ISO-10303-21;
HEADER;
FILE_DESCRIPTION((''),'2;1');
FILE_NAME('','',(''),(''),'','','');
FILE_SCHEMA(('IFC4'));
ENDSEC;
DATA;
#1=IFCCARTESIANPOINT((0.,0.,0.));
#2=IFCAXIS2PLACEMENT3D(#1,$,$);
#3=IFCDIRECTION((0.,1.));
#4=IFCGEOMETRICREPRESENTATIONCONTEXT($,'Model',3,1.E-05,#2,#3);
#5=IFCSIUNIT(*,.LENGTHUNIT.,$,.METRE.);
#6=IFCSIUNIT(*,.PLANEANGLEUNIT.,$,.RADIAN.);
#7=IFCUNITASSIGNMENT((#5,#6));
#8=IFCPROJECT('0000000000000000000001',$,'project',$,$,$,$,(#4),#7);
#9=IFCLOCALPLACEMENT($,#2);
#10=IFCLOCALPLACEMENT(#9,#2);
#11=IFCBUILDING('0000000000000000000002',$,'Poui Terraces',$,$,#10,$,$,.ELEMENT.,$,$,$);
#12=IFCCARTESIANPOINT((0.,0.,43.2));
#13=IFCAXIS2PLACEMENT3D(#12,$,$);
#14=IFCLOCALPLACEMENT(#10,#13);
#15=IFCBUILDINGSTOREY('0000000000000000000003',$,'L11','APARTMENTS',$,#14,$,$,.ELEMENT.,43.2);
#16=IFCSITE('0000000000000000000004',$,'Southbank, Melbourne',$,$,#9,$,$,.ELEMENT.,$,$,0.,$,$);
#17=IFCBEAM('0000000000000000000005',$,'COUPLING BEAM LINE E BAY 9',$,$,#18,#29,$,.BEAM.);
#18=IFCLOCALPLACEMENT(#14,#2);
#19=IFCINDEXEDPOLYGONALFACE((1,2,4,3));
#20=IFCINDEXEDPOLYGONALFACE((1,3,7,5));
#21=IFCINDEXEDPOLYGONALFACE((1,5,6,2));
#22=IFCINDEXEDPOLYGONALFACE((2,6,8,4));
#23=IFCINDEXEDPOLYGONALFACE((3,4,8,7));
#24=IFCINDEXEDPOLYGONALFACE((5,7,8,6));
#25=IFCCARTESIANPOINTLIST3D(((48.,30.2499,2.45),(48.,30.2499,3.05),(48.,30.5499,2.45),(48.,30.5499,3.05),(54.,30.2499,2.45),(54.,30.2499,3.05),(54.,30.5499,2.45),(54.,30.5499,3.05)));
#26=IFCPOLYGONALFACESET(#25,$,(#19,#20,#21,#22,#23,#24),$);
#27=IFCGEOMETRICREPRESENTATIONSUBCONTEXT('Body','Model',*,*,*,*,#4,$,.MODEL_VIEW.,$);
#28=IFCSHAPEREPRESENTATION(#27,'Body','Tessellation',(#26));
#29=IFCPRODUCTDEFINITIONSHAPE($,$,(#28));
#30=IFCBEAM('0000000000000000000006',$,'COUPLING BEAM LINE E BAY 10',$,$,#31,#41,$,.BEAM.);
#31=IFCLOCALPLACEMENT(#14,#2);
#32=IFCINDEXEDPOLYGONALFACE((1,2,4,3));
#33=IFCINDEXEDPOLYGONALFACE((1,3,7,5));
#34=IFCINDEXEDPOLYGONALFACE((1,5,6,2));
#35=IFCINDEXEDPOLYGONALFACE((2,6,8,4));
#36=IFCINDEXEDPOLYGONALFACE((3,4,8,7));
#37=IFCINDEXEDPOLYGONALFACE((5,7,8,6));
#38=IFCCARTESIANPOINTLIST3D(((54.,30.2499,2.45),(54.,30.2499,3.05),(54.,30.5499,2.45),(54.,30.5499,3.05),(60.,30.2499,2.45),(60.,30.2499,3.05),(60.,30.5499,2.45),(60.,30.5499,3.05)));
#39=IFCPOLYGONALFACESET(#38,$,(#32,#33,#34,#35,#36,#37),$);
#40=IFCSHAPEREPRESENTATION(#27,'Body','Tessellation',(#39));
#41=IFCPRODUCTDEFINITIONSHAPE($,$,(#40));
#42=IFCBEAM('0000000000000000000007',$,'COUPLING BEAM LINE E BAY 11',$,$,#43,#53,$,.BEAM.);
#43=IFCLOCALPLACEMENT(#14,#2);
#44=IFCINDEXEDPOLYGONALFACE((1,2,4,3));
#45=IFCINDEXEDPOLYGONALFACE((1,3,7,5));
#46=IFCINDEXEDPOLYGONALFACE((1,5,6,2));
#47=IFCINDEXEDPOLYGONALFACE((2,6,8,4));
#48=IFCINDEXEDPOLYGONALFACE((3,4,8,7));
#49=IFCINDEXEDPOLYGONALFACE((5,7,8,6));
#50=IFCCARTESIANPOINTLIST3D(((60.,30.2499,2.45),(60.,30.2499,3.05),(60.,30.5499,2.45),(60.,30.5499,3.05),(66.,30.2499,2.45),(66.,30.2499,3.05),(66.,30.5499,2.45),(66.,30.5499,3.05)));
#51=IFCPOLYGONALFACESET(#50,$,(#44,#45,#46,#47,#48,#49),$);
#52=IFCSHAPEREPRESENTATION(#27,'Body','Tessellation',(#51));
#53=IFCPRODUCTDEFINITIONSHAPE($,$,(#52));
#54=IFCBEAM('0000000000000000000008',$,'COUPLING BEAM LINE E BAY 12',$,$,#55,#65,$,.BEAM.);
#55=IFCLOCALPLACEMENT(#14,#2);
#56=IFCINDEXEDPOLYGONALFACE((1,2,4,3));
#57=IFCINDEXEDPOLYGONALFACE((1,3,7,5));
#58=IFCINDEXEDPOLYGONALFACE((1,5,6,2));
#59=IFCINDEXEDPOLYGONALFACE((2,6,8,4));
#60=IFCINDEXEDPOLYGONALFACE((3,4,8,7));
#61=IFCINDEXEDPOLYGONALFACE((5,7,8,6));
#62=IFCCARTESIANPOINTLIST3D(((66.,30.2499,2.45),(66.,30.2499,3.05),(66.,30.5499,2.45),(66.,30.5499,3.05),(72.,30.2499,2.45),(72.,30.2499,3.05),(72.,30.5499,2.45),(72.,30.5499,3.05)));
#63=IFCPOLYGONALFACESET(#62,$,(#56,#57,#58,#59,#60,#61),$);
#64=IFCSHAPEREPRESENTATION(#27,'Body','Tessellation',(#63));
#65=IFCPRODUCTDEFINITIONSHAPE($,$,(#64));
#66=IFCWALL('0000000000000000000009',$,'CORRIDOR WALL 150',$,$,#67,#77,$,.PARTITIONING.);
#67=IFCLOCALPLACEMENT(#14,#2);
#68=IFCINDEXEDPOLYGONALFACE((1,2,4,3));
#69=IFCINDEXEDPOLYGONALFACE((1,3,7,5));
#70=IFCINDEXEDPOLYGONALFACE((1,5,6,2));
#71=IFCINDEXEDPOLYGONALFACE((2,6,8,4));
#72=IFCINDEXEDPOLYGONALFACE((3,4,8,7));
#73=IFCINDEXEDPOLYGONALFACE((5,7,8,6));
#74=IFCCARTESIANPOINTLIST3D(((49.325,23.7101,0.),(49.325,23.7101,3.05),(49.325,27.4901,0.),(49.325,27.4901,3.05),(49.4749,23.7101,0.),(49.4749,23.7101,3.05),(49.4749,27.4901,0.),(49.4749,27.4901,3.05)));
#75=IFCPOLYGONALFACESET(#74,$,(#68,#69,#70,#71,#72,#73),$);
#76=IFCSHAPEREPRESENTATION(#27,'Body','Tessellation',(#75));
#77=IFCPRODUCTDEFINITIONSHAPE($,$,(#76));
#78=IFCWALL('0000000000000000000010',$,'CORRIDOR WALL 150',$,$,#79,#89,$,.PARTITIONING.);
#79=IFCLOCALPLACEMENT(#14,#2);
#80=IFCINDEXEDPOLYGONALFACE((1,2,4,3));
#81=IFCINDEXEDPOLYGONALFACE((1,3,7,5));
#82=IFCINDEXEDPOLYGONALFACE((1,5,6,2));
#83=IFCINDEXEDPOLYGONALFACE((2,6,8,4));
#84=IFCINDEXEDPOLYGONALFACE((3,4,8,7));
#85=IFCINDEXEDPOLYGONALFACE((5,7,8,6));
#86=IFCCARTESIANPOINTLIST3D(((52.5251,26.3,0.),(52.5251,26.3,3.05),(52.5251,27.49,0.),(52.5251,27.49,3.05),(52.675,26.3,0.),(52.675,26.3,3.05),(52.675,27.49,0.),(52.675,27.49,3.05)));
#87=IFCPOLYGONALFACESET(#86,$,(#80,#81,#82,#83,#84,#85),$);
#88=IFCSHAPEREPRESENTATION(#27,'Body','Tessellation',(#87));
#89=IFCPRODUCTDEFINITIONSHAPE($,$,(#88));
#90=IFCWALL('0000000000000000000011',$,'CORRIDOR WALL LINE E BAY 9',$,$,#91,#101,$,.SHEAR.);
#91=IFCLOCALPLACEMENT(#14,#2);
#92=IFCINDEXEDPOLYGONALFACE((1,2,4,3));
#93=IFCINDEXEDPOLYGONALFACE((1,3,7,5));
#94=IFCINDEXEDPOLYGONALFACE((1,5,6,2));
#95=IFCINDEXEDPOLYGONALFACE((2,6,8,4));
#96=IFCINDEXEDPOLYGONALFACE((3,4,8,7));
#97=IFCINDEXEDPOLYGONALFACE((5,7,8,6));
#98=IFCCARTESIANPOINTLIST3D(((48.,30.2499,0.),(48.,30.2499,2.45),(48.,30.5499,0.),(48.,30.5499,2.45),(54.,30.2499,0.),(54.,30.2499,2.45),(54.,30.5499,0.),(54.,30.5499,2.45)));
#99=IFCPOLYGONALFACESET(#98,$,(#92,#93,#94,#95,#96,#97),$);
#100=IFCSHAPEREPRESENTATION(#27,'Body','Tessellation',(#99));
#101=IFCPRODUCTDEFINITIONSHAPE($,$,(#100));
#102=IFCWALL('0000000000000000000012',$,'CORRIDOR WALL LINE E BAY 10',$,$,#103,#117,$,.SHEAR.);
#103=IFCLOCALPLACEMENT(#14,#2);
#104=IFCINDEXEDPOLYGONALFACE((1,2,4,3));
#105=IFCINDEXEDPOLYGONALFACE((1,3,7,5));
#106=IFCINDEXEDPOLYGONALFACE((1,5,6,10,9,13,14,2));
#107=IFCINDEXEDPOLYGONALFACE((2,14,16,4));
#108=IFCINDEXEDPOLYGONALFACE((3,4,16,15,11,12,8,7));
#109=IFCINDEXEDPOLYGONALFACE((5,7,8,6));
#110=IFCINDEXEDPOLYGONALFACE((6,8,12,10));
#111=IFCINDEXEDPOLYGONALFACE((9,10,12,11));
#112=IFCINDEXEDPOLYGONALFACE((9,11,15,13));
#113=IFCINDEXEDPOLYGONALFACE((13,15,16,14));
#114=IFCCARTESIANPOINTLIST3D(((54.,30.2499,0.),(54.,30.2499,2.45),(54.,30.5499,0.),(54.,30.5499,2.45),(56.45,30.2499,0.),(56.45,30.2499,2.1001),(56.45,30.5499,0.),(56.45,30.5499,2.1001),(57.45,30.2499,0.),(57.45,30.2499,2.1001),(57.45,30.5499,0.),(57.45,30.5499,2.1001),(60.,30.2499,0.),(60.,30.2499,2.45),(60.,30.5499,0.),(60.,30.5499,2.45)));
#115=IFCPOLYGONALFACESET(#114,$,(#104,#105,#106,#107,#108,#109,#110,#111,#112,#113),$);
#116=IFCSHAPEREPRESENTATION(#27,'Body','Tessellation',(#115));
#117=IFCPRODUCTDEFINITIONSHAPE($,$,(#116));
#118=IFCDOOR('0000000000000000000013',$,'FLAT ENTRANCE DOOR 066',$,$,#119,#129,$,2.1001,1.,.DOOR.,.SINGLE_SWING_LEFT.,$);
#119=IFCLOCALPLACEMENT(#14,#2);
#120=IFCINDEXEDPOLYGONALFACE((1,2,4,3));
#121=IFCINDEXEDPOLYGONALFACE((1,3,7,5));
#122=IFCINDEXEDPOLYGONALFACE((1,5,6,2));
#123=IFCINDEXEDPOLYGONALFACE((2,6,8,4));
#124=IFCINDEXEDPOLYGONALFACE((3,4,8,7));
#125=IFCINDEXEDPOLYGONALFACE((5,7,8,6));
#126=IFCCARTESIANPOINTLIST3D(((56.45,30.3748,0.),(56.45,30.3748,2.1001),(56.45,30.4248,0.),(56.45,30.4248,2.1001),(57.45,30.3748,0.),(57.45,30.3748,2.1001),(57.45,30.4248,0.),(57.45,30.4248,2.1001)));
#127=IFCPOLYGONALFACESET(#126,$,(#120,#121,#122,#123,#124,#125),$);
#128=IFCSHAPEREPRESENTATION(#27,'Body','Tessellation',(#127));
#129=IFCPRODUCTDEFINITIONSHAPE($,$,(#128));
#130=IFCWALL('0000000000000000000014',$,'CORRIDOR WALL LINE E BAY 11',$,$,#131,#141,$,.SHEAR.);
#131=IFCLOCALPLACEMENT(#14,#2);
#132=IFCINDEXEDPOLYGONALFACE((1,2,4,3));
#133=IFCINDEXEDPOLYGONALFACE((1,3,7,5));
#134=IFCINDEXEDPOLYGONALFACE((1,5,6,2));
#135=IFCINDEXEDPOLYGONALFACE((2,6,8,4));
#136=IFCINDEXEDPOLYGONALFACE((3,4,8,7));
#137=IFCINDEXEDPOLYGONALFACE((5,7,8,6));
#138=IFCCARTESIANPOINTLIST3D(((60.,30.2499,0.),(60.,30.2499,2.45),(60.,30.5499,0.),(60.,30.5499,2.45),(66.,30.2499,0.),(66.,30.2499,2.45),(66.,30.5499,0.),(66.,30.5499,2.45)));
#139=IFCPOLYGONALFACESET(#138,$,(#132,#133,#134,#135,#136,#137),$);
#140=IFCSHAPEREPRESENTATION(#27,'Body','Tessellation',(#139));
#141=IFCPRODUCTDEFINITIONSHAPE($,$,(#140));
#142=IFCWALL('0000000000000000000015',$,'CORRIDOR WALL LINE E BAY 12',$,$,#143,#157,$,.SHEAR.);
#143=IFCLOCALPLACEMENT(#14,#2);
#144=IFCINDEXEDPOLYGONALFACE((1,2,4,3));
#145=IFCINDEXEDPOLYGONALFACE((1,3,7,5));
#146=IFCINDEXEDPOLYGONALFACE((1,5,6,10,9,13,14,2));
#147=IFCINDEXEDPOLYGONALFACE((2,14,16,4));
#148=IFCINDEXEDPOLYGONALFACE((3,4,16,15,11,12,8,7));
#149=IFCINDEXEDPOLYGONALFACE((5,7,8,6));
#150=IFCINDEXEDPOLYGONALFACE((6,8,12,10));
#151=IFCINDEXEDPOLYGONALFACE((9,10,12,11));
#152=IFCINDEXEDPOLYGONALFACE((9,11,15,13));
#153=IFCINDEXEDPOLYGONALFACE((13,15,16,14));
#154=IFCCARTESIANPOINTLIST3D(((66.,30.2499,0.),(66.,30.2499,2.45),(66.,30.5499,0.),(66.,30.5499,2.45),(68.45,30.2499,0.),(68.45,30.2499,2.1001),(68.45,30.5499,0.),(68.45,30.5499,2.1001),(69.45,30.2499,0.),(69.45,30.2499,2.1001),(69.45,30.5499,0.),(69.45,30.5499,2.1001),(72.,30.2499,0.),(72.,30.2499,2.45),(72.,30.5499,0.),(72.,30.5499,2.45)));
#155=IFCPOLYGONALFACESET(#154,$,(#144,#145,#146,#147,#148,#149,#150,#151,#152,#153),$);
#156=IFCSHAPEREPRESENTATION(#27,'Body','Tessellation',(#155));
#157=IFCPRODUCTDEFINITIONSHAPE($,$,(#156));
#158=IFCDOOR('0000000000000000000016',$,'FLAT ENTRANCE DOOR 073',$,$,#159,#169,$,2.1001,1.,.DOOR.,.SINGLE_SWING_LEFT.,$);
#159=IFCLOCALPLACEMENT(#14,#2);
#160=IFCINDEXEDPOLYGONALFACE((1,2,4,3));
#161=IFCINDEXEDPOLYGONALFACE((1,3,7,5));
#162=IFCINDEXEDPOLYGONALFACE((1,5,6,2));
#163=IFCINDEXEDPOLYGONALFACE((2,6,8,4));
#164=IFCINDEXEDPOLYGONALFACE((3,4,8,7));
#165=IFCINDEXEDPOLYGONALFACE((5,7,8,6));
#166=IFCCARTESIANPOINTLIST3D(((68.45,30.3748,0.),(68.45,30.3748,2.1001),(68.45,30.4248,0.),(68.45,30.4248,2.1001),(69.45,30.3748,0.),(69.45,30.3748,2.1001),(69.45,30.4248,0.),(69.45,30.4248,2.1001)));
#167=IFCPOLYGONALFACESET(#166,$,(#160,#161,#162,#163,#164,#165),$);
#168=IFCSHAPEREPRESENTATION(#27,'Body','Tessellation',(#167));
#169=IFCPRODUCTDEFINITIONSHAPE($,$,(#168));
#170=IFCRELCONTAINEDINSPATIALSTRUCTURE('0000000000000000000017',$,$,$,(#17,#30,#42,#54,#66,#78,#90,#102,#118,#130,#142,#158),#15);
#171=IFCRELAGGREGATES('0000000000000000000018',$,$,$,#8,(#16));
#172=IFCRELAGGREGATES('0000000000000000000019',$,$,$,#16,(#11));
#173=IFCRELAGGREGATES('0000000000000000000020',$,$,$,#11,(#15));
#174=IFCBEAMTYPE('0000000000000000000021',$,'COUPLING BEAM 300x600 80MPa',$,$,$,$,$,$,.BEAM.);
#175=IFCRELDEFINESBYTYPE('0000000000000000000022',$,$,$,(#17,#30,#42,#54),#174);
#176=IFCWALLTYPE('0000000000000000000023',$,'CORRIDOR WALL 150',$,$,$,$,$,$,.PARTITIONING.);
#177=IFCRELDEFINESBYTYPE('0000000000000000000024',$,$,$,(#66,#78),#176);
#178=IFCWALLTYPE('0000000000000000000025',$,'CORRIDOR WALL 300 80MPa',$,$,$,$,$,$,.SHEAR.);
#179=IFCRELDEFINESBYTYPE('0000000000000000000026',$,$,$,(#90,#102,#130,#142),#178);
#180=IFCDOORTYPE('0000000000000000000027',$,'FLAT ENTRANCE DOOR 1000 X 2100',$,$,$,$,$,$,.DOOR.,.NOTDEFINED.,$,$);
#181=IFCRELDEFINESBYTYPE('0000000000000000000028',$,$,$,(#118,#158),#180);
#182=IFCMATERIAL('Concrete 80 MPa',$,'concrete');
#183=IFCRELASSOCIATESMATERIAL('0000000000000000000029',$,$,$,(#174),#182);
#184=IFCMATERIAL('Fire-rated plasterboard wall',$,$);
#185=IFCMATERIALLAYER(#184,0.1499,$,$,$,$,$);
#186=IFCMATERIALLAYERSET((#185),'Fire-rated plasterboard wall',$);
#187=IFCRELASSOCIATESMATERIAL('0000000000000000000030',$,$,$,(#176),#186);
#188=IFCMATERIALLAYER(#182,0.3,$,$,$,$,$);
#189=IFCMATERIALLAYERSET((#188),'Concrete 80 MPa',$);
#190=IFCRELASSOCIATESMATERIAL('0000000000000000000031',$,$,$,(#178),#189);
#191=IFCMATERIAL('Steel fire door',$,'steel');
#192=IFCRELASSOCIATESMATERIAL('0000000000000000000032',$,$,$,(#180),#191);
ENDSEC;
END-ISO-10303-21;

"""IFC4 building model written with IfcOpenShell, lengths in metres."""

from ifc_helpers import new_model, si_unit, direction, frame, frame_2d, origin, origin_2d, place, context, subcontext, project, spatial, rectangle, extrude, source, transform, mapped, material, layer, layer_set, material_profile, profile_set, type_object, element, fill, save


model = new_model("IFC4")

# Units and contexts
model_context = context("Model", 3, precision=1e-05, world=origin(), true_north=direction((0.0, 1.0)))
body_context = subcontext(model_context, "Body", "Model", "MODEL_VIEW")
ifc_project = project(units=[si_unit("LENGTHUNIT", "METRE"), si_unit("PLANEANGLEUNIT", "RADIAN")], contexts=[model_context])

# Site, building, storey
site_placement = place(None, origin())
site = spatial("IfcSite", under=ifc_project, at=site_placement, Name="Southbank, Melbourne", CompositionType="ELEMENT", RefElevation=0.0)
building_placement = place(site_placement, origin())
building = spatial("IfcBuilding", under=site, at=building_placement, Name="Poui Terraces", CompositionType="ELEMENT")
storey_placement = place(building_placement, frame((0.0, 0.0, 43.2)))
storey = spatial("IfcBuildingStorey", under=building, at=storey_placement, Name="L11", Description="APARTMENTS", CompositionType="ELEMENT", Elevation=43.2)

# Beams
ifc_material_1 = material(Name="Concrete 80 MPa", Category="concrete")
ifc_material_profile = material_profile(ifc_material_1, rectangle(XDim=0.3, YDim=0.6001, at=origin_2d()), Name="RC 300x600")
ifc_profile_set = profile_set([ifc_material_profile], Name="Concrete 80 MPa")
beam_type = type_object("IfcBeamType", Name="COUPLING BEAM 300x600 80MPa", PredefinedType="BEAM", material=ifc_profile_set)
shared_shape = source(origin(), body_context, "Body", "SweptSolid", [
    extrude(rectangle(XDim=0.3, YDim=0.6001, at=origin_2d()), origin(), (0.0, 0.0, 1.0), 6.0),
])
for number, where, z_axis, x_axis, name in (
    (1, (48.0, 30.3999, 2.75), (1.0, 0.0, 0.0), (0.0, 1.0, 0.0), "COUPLING BEAM LINE E BAY 9"),
    (2, (54.0, 30.3999, 2.75), (1.0, 0.0, 0.0), (0.0, 1.0, 0.0), "COUPLING BEAM LINE E BAY 10"),
    (3, (60.0, 30.3999, 2.75), (1.0, 0.0, 0.0), (0.0, 1.0, 0.0), "COUPLING BEAM LINE E BAY 11"),
    (4, (66.0, 30.3999, 2.75), (1.0, 0.0, 0.0), (0.0, 1.0, 0.0), "COUPLING BEAM LINE E BAY 12"),
):
    element("IfcBeam", number, at=place(storey_placement, frame(where, z_axis=z_axis, x_axis=x_axis)), inside=storey, type_object=beam_type, Name=name, PredefinedType="BEAM", context=body_context, shape_type="MappedRepresentation", body=[
        mapped(shared_shape, transform((0.0, 0.0, 0.0))),
    ])

# Walls
ifc_material_2 = material(Name="Fire-rated plasterboard wall")
ifc_layer_1 = layer(ifc_material_2, 0.1499)
ifc_layer_set_1 = layer_set([ifc_layer_1], Name="Fire-rated plasterboard wall")
wall_type_1 = type_object("IfcWallType", Name="CORRIDOR WALL 150", PredefinedType="PARTITIONING", material=ifc_layer_set_1)
wall_1_placement = place(storey_placement, frame((49.3999, 23.71, 0.0), z_axis=(0.0, 0.0, 1.0), x_axis=(0.0, 1.0, 0.0)))
element("IfcWall", 5, at=wall_1_placement, inside=storey, type_object=wall_type_1, Name="CORRIDOR WALL 150", PredefinedType="PARTITIONING", context=body_context, shape_type="SweptSolid", body=[
    extrude(rectangle(XDim=3.78, YDim=0.1499, at=frame_2d((1.8901, 0.0))), origin(), (0.0, 0.0, 1.0), 3.05),
])
wall_2_placement = place(storey_placement, frame((52.6001, 26.3, 0.0), z_axis=(0.0, 0.0, 1.0), x_axis=(0.0, 1.0, 0.0)))
element("IfcWall", 6, at=wall_2_placement, inside=storey, type_object=wall_type_1, Name="CORRIDOR WALL 150", PredefinedType="PARTITIONING", context=body_context, shape_type="SweptSolid", body=[
    extrude(rectangle(XDim=1.1899, YDim=0.1499, at=frame_2d((0.595, 0.0))), origin(), (0.0, 0.0, 1.0), 3.05),
])
ifc_layer_2 = layer(ifc_material_1, 0.3)
ifc_layer_set_2 = layer_set([ifc_layer_2], Name="Concrete 80 MPa")
wall_type_2 = type_object("IfcWallType", Name="CORRIDOR WALL 300 80MPa", PredefinedType="SHEAR", material=ifc_layer_set_2)
wall_3_placement = place(storey_placement, frame((48.0, 30.3999, 0.0), z_axis=(0.0, 0.0, 1.0), x_axis=(1.0, 0.0, 0.0)))
element("IfcWall", 7, at=wall_3_placement, inside=storey, type_object=wall_type_2, Name="CORRIDOR WALL LINE E BAY 9", PredefinedType="SHEAR", context=body_context, shape_type="SweptSolid", body=[
    extrude(rectangle(XDim=6.0, YDim=0.3, at=frame_2d((3.0, 0.0))), origin(), (0.0, 0.0, 1.0), 2.45),
])

# Wall, opening, door
wall_4_placement = place(storey_placement, frame((54.0, 30.3999, 0.0), z_axis=(0.0, 0.0, 1.0), x_axis=(1.0, 0.0, 0.0)))
wall_4 = element("IfcWall", 8, at=wall_4_placement, inside=storey, type_object=wall_type_2, Name="CORRIDOR WALL LINE E BAY 10", PredefinedType="SHEAR", context=body_context, shape_type="SweptSolid", body=[
    extrude(rectangle(XDim=6.0, YDim=0.3, at=frame_2d((3.0, 0.0))), origin(), (0.0, 0.0, 1.0), 2.45),
])
opening_1_placement = place(wall_4_placement, frame((2.45, 0.0, 0.0)))
opening_1 = element("IfcOpeningElement", 9, at=opening_1_placement, cuts=wall_4, PredefinedType="OPENING", context=body_context, shape_type="SweptSolid", body=[
    extrude(rectangle(XDim=1.0, YDim=2.1001, at=frame_2d((0.5, 1.05))), frame((0.0, 0.1602, 0.0), z_axis=(0.0, -1.0, 0.0), x_axis=(1.0, 0.0, 0.0)), (0.0, 0.0, 1.0), 0.3201),
])
ifc_material_3 = material(Name="Steel fire door", Category="steel")
door_type_1 = type_object("IfcDoorType", Name="FLAT ENTRANCE DOOR 1000 X 2100", OperationType="NOTDEFINED", PredefinedType="DOOR", material=ifc_material_3)
door_1_placement = place(opening_1_placement, origin())
door_1 = element("IfcDoor", 10, at=door_1_placement, inside=storey, type_object=door_type_1, Name="FLAT ENTRANCE DOOR 066", OperationType="SINGLE_SWING_LEFT", OverallHeight=2.1001, OverallWidth=1.0, PredefinedType="DOOR", context=body_context, shape_type="SweptSolid", body=[
    extrude(rectangle(XDim=1.0, YDim=2.1001, at=frame_2d((0.5, 1.05))), frame((0.0, 0.0249, 0.0), z_axis=(0.0, -1.0, 0.0), x_axis=(1.0, 0.0, 0.0)), (0.0, 0.0, 1.0), 0.05),
])
fill(opening_1, door_1)

# Wall
wall_5_placement = place(storey_placement, frame((60.0, 30.3999, 0.0), z_axis=(0.0, 0.0, 1.0), x_axis=(1.0, 0.0, 0.0)))
element("IfcWall", 11, at=wall_5_placement, inside=storey, type_object=wall_type_2, Name="CORRIDOR WALL LINE E BAY 11", PredefinedType="SHEAR", context=body_context, shape_type="SweptSolid", body=[
    extrude(rectangle(XDim=6.0, YDim=0.3, at=frame_2d((3.0, 0.0))), origin(), (0.0, 0.0, 1.0), 2.45),
])

# Wall, opening, door
wall_6_placement = place(storey_placement, frame((66.0, 30.3999, 0.0), z_axis=(0.0, 0.0, 1.0), x_axis=(1.0, 0.0, 0.0)))
wall_6 = element("IfcWall", 12, at=wall_6_placement, inside=storey, type_object=wall_type_2, Name="CORRIDOR WALL LINE E BAY 12", PredefinedType="SHEAR", context=body_context, shape_type="SweptSolid", body=[
    extrude(rectangle(XDim=6.0, YDim=0.3, at=frame_2d((3.0, 0.0))), origin(), (0.0, 0.0, 1.0), 2.45),
])
opening_2_placement = place(wall_6_placement, frame((2.45, 0.0, 0.0)))
opening_2 = element("IfcOpeningElement", 13, at=opening_2_placement, cuts=wall_6, PredefinedType="OPENING", context=body_context, shape_type="SweptSolid", body=[
    extrude(rectangle(XDim=1.0, YDim=2.1001, at=frame_2d((0.5, 1.05))), frame((0.0, 0.1602, 0.0), z_axis=(0.0, -1.0, 0.0), x_axis=(1.0, 0.0, 0.0)), (0.0, 0.0, 1.0), 0.3201),
])
door_2_placement = place(opening_2_placement, origin())
door_2 = element("IfcDoor", 14, at=door_2_placement, inside=storey, type_object=door_type_1, Name="FLAT ENTRANCE DOOR 073", OperationType="SINGLE_SWING_LEFT", OverallHeight=2.1001, OverallWidth=1.0, PredefinedType="DOOR", context=body_context, shape_type="SweptSolid", body=[
    extrude(rectangle(XDim=1.0, YDim=2.1001, at=frame_2d((0.5, 1.05))), frame((0.0, 0.0249, 0.0), z_axis=(0.0, -1.0, 0.0), x_axis=(1.0, 0.0, 0.0)), (0.0, 0.0, 1.0), 0.05),
])
fill(opening_2, door_2)

save(model, "model.ifc")
